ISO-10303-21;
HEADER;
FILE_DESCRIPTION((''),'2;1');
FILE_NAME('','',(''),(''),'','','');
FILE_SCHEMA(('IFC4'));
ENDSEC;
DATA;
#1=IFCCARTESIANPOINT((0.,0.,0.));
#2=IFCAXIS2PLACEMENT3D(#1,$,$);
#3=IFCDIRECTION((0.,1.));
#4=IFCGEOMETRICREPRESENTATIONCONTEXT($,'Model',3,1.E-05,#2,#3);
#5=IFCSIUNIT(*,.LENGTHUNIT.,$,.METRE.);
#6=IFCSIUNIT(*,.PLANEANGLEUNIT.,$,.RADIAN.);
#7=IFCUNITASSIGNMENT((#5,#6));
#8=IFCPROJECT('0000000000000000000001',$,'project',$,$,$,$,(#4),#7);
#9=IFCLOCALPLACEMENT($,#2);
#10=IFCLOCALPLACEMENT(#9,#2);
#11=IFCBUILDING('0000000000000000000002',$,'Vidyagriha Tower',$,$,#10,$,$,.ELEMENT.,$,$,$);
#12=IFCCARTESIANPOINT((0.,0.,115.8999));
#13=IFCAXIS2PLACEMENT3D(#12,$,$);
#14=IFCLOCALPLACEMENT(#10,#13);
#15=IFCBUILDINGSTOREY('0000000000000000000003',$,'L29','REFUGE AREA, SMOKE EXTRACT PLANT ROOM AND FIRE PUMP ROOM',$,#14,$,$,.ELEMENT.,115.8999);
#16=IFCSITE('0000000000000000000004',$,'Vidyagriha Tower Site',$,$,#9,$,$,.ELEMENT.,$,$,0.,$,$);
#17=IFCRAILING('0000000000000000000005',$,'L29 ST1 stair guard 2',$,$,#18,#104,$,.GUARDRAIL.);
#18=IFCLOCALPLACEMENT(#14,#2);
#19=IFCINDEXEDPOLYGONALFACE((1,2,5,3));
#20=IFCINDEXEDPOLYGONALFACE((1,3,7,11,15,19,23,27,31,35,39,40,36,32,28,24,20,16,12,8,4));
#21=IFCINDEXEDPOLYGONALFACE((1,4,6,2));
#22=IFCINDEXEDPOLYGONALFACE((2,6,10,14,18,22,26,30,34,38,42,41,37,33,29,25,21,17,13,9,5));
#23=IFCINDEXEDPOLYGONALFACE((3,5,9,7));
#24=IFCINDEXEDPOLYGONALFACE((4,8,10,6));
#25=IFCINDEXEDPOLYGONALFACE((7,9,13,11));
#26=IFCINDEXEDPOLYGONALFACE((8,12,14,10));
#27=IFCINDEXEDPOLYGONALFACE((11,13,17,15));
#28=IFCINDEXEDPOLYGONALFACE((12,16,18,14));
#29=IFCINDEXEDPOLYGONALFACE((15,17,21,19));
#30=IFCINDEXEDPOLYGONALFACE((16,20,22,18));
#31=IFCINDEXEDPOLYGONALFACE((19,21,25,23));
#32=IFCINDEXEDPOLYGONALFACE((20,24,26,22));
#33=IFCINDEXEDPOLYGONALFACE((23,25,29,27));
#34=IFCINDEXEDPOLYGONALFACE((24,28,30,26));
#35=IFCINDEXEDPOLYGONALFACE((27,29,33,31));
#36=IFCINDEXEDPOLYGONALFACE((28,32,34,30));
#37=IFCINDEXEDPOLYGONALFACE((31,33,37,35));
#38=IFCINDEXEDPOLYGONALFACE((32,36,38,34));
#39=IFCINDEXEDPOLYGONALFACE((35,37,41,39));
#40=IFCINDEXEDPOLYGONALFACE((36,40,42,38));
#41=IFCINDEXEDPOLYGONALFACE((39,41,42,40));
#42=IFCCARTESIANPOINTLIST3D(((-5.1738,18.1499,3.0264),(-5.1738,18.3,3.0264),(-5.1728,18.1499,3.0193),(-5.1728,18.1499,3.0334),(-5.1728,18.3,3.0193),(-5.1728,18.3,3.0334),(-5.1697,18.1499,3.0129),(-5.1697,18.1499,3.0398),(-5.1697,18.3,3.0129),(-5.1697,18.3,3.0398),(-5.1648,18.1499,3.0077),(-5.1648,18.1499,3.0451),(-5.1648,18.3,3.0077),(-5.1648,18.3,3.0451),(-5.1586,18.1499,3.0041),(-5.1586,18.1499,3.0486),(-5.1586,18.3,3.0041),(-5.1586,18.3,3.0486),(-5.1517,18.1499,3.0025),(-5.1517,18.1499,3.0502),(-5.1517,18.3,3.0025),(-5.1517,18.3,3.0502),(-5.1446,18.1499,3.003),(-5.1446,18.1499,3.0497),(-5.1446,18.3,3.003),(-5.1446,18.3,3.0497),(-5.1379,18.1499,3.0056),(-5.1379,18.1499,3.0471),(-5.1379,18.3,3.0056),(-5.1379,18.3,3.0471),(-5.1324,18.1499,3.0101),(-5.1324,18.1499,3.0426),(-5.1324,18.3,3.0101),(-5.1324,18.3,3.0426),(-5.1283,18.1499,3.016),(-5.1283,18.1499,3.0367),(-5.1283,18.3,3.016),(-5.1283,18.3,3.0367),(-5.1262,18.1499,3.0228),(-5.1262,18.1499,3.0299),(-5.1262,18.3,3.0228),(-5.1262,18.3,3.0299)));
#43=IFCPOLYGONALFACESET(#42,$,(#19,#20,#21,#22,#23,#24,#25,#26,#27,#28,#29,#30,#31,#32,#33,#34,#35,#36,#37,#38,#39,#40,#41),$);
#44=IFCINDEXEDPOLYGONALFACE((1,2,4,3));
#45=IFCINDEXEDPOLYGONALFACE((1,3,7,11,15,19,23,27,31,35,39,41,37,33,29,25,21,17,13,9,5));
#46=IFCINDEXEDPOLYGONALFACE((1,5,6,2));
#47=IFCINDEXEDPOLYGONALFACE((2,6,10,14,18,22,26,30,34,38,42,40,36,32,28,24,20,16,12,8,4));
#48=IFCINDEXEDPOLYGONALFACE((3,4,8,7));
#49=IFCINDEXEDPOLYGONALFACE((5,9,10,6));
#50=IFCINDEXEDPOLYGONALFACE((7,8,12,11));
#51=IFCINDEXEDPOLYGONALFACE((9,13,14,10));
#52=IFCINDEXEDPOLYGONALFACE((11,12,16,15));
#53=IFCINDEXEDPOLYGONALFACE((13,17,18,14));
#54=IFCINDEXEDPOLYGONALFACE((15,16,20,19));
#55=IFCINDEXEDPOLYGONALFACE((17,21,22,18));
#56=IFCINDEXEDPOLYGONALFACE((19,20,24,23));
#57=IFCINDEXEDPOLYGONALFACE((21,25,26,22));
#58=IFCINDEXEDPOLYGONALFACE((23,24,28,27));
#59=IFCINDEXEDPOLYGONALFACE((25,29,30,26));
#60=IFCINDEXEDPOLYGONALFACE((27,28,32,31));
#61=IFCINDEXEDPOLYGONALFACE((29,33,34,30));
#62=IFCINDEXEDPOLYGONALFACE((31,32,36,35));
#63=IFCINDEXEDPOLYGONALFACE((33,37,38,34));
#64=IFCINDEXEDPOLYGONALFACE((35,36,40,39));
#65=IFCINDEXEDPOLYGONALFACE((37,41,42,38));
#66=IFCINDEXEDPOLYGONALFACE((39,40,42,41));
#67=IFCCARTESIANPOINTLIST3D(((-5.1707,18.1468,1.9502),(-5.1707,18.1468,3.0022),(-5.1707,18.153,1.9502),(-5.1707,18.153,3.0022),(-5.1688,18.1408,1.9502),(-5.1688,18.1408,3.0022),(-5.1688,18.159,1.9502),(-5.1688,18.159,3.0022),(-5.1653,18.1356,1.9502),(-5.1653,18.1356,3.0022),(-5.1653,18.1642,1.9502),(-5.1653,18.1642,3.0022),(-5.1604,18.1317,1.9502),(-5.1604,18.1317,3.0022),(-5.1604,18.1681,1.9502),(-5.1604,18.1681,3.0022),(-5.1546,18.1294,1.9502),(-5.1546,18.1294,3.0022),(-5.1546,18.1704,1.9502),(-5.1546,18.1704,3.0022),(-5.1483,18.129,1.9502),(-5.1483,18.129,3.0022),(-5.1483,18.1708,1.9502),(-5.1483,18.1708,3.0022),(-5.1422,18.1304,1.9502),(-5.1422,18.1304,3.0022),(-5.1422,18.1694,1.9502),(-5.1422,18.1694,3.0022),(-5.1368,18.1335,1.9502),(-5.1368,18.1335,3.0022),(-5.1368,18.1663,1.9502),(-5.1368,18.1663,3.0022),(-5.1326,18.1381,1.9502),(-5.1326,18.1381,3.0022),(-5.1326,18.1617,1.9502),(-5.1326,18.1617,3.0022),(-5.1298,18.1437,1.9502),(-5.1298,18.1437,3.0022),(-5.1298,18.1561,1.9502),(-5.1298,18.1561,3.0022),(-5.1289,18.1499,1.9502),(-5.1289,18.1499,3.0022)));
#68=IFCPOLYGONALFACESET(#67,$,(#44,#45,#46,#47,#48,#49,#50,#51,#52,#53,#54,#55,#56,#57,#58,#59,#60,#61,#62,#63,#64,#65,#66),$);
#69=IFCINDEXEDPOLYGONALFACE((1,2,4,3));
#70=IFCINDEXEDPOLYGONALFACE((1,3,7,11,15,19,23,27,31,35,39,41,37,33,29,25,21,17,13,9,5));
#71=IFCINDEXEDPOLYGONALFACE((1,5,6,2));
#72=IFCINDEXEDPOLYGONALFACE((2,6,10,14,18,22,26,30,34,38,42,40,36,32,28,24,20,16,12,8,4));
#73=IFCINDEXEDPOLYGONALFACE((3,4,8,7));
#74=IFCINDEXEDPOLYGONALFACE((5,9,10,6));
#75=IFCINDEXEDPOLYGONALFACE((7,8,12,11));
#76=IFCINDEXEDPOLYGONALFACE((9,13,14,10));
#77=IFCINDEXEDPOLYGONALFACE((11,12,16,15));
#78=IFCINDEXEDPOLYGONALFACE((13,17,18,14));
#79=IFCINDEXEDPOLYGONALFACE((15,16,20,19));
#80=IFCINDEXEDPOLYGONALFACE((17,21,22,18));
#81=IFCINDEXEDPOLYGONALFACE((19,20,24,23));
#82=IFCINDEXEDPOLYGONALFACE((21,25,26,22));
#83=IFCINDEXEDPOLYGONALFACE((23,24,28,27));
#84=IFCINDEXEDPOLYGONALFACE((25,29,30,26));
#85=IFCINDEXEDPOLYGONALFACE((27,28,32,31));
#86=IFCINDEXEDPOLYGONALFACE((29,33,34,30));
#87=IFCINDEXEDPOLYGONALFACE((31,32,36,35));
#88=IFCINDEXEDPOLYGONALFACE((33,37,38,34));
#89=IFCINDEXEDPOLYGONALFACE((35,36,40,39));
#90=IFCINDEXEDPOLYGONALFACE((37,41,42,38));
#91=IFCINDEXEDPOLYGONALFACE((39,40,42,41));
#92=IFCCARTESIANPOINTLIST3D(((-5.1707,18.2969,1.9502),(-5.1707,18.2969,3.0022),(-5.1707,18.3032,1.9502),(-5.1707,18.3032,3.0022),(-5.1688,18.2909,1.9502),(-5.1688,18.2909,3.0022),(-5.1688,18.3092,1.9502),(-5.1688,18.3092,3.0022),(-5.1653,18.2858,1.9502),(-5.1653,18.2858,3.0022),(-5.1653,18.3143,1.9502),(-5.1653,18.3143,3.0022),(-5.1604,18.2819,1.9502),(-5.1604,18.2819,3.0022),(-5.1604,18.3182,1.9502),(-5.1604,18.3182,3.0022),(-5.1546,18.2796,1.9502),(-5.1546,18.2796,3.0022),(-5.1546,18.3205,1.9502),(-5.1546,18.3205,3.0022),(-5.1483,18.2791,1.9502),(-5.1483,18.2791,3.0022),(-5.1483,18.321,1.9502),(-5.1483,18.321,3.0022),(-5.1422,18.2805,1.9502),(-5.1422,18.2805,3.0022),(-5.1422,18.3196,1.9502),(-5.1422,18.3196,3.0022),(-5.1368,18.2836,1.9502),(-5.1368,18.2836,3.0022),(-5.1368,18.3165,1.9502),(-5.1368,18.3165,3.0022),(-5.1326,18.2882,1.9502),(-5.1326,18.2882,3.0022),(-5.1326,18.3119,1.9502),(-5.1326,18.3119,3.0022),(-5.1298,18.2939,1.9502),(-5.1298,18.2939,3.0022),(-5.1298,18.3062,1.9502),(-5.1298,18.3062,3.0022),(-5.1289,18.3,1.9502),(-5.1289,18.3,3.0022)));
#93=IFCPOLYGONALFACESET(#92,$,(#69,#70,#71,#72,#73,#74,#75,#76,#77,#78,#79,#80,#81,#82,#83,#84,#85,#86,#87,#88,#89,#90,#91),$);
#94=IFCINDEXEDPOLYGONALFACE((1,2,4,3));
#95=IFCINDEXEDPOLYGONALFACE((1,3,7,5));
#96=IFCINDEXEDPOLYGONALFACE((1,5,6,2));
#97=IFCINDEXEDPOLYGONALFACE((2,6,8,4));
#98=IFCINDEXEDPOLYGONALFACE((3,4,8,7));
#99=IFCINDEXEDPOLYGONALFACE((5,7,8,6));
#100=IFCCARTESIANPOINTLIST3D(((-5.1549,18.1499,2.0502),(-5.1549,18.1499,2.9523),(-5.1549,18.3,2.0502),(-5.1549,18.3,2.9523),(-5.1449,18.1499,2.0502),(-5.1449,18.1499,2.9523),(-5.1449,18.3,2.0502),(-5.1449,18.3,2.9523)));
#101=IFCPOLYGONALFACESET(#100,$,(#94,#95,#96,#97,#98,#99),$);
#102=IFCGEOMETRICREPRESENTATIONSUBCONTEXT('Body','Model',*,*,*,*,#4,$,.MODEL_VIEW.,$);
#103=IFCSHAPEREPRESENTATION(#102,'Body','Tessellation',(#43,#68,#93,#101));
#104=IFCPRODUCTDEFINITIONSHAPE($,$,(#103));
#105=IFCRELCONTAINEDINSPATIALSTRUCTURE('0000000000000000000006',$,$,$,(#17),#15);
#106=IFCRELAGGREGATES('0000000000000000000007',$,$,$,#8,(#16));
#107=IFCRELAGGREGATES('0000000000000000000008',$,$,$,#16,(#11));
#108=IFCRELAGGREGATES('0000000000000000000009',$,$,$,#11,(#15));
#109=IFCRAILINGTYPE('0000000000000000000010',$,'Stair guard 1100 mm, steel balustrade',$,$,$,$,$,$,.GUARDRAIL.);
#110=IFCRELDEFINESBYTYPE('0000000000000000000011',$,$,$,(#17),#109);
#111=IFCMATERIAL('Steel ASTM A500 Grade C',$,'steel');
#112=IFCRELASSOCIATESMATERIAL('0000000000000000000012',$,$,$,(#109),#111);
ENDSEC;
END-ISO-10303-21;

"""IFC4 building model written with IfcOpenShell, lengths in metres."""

from ifc_helpers import new_model, si_unit, direction, frame, origin, origin_2d, place, context, subcontext, project, spatial, rectangle, circle, extrude, material, type_object, element, save


model = new_model("IFC4")

# Units and contexts
model_context = context("Model", 3, precision=1e-05, world=origin(), true_north=direction((0.0, 1.0)))
body_context = subcontext(model_context, "Body", "Model", "MODEL_VIEW")
ifc_project = project(units=[si_unit("LENGTHUNIT", "METRE"), si_unit("PLANEANGLEUNIT", "RADIAN")], contexts=[model_context])

# Site, building, storey
site_placement = place(None, origin())
site = spatial("IfcSite", under=ifc_project, at=site_placement, Name="Vidyagriha Tower Site", CompositionType="ELEMENT", RefElevation=0.0)
building_placement = place(site_placement, origin())
building = spatial("IfcBuilding", under=site, at=building_placement, Name="Vidyagriha Tower", CompositionType="ELEMENT")
storey_placement = place(building_placement, frame((0.0, 0.0, 115.8999)))
storey = spatial("IfcBuildingStorey", under=building, at=storey_placement, Name="L29", Description="REFUGE AREA, SMOKE EXTRACT PLANT ROOM AND FIRE PUMP ROOM", CompositionType="ELEMENT", Elevation=115.8999)

# Railing
ifc_material_1 = material(Name="Steel ASTM A500 Grade C", Category="steel")
railing_type_1 = type_object("IfcRailingType", Name="Stair guard 1100 mm, steel balustrade", PredefinedType="GUARDRAIL", material=ifc_material_1)
railing_1_placement = place(storey_placement, frame((-5.1499, 18.1499, 1.9502)))
element("IfcRailing", 1, at=railing_1_placement, inside=storey, type_object=railing_type_1, Name="L29 ST1 stair guard 2", PredefinedType="GUARDRAIL", context=body_context, shape_type="SweptSolid", body=[
    extrude(circle(Radius=0.0239, at=origin_2d()), frame((0.0, 0.0, 1.0762), z_axis=(0.0, 1.0, 0.0), x_axis=(-1.0, 0.0, 0.0)), (0.0, 0.0, 1.0), 0.1501),
    extrude(circle(Radius=0.021, at=origin_2d()), origin(), (0.0, 0.0, 1.0), 1.052),
    extrude(circle(Radius=0.021, at=origin_2d()), frame((0.0, 0.1501, 0.0)), (0.0, 0.0, 1.0), 1.052),
    extrude(rectangle(XDim=0.01, YDim=0.9021, at=origin_2d()), frame((0.0, 0.0, 0.551), z_axis=(0.0, 1.0, 0.0), x_axis=(-1.0, 0.0, 0.0)), (0.0, 0.0, 1.0), 0.1501),
])

save(model, "model.ifc")
